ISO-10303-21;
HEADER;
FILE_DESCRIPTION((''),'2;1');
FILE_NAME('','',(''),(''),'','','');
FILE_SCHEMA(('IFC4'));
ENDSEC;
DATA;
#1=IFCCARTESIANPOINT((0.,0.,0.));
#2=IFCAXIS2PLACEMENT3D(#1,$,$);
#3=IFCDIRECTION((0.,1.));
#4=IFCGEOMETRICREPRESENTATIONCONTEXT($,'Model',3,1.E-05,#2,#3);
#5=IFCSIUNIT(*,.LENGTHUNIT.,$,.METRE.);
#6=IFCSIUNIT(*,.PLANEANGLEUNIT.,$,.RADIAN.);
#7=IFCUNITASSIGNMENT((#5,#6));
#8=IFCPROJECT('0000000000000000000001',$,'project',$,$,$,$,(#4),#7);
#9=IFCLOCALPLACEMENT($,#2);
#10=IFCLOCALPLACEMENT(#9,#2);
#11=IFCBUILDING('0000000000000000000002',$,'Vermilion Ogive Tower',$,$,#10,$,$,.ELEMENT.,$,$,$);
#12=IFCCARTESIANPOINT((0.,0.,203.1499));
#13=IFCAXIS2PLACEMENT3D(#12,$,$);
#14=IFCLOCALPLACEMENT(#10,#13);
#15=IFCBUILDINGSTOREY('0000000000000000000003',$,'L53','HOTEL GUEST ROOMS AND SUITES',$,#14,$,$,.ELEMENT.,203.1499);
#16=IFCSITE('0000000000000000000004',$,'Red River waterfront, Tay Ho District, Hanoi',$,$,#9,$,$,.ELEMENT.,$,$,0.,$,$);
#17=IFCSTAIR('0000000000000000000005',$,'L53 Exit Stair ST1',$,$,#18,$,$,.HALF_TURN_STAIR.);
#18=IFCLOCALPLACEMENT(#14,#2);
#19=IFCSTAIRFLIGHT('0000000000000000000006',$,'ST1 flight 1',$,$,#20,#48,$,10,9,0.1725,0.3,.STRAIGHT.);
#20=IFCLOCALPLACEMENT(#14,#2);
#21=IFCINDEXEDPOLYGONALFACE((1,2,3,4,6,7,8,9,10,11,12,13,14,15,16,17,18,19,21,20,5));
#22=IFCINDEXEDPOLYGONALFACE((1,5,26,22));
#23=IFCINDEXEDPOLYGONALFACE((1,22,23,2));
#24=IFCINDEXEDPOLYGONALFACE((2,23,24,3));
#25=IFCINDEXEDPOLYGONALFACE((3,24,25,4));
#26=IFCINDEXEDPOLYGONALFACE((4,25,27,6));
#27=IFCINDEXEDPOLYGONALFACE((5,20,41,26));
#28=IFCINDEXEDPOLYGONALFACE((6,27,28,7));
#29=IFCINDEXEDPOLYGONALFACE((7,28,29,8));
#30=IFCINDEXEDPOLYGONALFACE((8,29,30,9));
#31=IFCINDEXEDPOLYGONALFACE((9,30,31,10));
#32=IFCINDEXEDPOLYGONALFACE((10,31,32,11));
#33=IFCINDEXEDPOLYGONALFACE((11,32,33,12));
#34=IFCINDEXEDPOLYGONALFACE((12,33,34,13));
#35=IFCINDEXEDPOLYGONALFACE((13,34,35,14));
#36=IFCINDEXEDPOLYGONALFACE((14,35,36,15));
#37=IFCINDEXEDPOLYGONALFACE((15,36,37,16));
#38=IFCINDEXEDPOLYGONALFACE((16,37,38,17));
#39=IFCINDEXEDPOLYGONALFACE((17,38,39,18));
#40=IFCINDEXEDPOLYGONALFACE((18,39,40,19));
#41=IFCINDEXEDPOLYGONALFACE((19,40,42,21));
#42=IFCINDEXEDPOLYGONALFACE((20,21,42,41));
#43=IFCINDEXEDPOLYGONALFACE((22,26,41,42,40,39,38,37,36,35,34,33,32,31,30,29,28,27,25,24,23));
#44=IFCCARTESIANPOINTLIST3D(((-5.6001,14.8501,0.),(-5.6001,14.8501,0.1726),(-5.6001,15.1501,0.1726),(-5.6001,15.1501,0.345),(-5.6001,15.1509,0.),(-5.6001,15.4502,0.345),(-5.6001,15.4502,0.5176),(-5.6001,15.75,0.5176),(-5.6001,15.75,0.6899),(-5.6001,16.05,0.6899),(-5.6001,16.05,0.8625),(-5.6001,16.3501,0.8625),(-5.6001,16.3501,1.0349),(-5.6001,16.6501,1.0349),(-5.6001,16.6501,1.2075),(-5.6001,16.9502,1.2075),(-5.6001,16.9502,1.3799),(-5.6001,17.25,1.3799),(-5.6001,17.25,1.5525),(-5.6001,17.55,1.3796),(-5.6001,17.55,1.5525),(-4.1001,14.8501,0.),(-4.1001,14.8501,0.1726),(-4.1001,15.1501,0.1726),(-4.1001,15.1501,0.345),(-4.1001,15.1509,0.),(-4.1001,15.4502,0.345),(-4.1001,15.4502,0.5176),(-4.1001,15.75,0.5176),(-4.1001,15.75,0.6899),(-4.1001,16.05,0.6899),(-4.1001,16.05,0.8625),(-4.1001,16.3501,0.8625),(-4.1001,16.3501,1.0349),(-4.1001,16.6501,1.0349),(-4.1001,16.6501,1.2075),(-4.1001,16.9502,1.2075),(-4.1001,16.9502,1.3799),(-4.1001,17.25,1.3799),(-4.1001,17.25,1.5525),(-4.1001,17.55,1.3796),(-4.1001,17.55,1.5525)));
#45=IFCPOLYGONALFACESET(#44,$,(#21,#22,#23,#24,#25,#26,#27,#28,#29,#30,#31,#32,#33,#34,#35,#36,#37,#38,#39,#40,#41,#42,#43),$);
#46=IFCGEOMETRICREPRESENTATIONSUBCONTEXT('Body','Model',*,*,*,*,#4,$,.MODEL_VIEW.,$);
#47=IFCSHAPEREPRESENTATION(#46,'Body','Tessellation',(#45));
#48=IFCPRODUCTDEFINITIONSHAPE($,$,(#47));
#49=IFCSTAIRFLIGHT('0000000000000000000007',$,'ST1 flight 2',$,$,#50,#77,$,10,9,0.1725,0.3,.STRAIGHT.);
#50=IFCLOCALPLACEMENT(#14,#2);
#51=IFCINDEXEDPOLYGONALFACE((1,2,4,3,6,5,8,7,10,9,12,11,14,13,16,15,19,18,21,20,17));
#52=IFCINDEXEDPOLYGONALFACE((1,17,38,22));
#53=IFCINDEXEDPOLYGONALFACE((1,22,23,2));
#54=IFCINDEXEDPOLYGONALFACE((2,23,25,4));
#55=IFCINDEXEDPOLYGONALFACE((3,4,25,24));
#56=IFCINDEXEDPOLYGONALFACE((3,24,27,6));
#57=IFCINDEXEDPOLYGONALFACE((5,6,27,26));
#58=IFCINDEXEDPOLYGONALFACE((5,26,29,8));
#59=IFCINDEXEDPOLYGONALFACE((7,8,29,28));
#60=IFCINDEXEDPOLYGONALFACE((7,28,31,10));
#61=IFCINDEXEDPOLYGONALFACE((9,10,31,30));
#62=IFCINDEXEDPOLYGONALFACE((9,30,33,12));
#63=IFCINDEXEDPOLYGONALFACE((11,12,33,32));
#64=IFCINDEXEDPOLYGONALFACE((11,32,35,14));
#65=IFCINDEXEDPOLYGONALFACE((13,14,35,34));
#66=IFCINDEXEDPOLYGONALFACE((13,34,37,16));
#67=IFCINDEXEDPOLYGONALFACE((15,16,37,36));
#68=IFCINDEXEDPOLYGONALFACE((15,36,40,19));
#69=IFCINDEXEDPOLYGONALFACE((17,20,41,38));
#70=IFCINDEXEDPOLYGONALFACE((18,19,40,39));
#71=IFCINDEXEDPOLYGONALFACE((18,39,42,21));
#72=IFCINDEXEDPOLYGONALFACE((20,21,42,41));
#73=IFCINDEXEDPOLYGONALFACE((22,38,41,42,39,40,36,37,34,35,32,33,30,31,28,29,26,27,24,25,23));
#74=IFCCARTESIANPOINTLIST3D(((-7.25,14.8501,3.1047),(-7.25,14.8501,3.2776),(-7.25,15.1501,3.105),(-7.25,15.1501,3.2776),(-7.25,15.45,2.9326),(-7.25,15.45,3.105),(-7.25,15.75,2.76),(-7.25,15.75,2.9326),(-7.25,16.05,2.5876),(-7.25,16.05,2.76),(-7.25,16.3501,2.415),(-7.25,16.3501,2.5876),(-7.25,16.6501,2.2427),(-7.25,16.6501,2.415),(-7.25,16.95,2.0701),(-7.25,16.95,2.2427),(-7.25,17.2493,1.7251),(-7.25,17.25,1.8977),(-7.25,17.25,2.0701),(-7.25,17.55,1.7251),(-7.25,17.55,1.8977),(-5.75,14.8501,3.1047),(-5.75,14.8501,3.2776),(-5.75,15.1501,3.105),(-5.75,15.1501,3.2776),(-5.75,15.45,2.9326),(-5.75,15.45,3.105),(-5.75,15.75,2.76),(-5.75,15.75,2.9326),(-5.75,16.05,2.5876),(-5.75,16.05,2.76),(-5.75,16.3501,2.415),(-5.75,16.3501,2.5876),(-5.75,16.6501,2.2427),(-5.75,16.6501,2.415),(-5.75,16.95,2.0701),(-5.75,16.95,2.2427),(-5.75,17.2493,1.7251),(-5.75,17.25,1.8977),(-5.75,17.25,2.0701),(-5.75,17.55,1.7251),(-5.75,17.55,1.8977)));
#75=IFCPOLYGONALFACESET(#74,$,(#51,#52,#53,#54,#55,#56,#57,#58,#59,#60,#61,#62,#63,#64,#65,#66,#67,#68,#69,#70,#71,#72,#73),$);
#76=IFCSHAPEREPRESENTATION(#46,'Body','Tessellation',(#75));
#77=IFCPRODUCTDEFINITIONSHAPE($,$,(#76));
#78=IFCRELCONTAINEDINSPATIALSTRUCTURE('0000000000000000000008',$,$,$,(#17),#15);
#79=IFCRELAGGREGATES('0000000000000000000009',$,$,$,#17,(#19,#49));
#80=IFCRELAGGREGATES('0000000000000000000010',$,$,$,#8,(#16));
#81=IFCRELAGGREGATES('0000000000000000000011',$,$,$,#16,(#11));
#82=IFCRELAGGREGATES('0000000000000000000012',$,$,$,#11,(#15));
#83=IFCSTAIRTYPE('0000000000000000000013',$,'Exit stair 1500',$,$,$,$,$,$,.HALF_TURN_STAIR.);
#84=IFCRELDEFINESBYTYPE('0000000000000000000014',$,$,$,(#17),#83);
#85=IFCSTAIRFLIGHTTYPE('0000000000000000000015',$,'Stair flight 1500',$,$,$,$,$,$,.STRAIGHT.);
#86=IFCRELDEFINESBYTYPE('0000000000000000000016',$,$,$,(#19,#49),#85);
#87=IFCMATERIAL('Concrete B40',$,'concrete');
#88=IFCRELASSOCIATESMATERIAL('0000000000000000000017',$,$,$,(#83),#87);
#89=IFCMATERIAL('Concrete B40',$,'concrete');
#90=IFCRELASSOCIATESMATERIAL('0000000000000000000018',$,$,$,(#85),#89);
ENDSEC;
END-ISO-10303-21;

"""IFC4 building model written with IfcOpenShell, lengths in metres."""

from ifc_helpers import new_model, si_unit, direction, frame, origin, place, context, subcontext, project, spatial, polyline, outline, extrude, material, type_object, element, aggregate, save


model = new_model("IFC4")

# Units and contexts
model_context = context("Model", 3, precision=1e-05, world=origin(), true_north=direction((0.0, 1.0)))
body_context = subcontext(model_context, "Body", "Model", "MODEL_VIEW")
ifc_project = project(units=[si_unit("LENGTHUNIT", "METRE"), si_unit("PLANEANGLEUNIT", "RADIAN")], contexts=[model_context])

# Site, building, storey
site_placement = place(None, origin())
site = spatial("IfcSite", under=ifc_project, at=site_placement, Name="Red River waterfront, Tay Ho District, Hanoi", CompositionType="ELEMENT", RefElevation=0.0)
building_placement = place(site_placement, origin())
building = spatial("IfcBuilding", under=site, at=building_placement, Name="Vermilion Ogive Tower", CompositionType="ELEMENT")
storey_placement = place(building_placement, frame((0.0, 0.0, 203.1499)))
storey = spatial("IfcBuildingStorey", under=building, at=storey_placement, Name="L53", Description="HOTEL GUEST ROOMS AND SUITES", CompositionType="ELEMENT", Elevation=203.1499)

# Stair, stair flights
ifc_material_1 = material(Name="Concrete B40", Category="concrete")
stair_type = type_object("IfcStairType", Name="Exit stair 1500", PredefinedType="HALF_TURN_STAIR", material=ifc_material_1)
stair_placement = place(storey_placement, origin())
stair = element("IfcStair", 1, at=stair_placement, inside=storey, type_object=stair_type, Name="L53 Exit Stair ST1", PredefinedType="HALF_TURN_STAIR")
ifc_material_2 = material(Name="Concrete B40", Category="concrete")
stair_flight_type = type_object("IfcStairFlightType", Name="Stair flight 1500", PredefinedType="STRAIGHT", material=ifc_material_2)
stair_flight_1_placement = place(storey_placement, frame((-4.8501, 14.8501, 0.0), z_axis=(0.0, 0.0, 1.0), x_axis=(0.0, 1.0, 0.0)))
stair_flight_1 = element("IfcStairFlight", 2, at=stair_flight_1_placement, type_object=stair_flight_type, Name="ST1 flight 1", NumberOfRisers=10, NumberOfTreads=9, PredefinedType="STRAIGHT", RiserHeight=0.1725, TreadLength=0.3, context=body_context, shape_type="SweptSolid", body=[
    extrude(outline(polyline([(0.0, 0.0), (0.0, 0.1726), (0.3, 0.1726), (0.3, 0.345), (0.6001, 0.345), (0.6001, 0.5176), (0.8999, 0.5176), (0.8999, 0.6899), (1.2, 0.6899), (1.2, 0.8625), (1.5, 0.8625), (1.5, 1.0349), (1.8, 1.0349), (1.8, 1.2075), (2.1001, 1.2075), (2.1001, 1.3799), (2.3999, 1.3799), (2.3999, 1.5525), (2.7, 1.5525), (2.7, 1.7251), (2.7, 1.3796), (0.3008, 0.0), (0.0, 0.0)])), frame((0.0, 0.75, 0.0), z_axis=(0.0, -1.0, 0.0), x_axis=(1.0, 0.0, 0.0)), (0.0, 0.0, 1.0), 1.5),
])
stair_flight_2_placement = place(storey_placement, frame((-6.5, 17.55, 1.7251), z_axis=(0.0, 0.0, 1.0), x_axis=(0.0, -1.0, 0.0)))
stair_flight_2 = element("IfcStairFlight", 3, at=stair_flight_2_placement, type_object=stair_flight_type, Name="ST1 flight 2", NumberOfRisers=10, NumberOfTreads=9, PredefinedType="STRAIGHT", RiserHeight=0.1725, TreadLength=0.3, context=body_context, shape_type="SweptSolid", body=[
    extrude(outline(polyline([(0.0, 0.0), (0.0, 0.1726), (0.3, 0.1726), (0.3, 0.345), (0.6001, 0.345), (0.6001, 0.5176), (0.8999, 0.5176), (0.8999, 0.6899), (1.2, 0.6899), (1.2, 0.8625), (1.5, 0.8625), (1.5, 1.0349), (1.8, 1.0349), (1.8, 1.2075), (2.1001, 1.2075), (2.1001, 1.3799), (2.3999, 1.3799), (2.3999, 1.5525), (2.7, 1.5525), (2.7, 1.7251), (2.7, 1.3796), (0.3008, 0.0), (0.0, 0.0)])), frame((0.0, 0.75, 0.0), z_axis=(0.0, -1.0, 0.0), x_axis=(1.0, 0.0, 0.0)), (0.0, 0.0, 1.0), 1.5),
])
aggregate(stair, [stair_flight_1, stair_flight_2])

save(model, "model.ifc")
